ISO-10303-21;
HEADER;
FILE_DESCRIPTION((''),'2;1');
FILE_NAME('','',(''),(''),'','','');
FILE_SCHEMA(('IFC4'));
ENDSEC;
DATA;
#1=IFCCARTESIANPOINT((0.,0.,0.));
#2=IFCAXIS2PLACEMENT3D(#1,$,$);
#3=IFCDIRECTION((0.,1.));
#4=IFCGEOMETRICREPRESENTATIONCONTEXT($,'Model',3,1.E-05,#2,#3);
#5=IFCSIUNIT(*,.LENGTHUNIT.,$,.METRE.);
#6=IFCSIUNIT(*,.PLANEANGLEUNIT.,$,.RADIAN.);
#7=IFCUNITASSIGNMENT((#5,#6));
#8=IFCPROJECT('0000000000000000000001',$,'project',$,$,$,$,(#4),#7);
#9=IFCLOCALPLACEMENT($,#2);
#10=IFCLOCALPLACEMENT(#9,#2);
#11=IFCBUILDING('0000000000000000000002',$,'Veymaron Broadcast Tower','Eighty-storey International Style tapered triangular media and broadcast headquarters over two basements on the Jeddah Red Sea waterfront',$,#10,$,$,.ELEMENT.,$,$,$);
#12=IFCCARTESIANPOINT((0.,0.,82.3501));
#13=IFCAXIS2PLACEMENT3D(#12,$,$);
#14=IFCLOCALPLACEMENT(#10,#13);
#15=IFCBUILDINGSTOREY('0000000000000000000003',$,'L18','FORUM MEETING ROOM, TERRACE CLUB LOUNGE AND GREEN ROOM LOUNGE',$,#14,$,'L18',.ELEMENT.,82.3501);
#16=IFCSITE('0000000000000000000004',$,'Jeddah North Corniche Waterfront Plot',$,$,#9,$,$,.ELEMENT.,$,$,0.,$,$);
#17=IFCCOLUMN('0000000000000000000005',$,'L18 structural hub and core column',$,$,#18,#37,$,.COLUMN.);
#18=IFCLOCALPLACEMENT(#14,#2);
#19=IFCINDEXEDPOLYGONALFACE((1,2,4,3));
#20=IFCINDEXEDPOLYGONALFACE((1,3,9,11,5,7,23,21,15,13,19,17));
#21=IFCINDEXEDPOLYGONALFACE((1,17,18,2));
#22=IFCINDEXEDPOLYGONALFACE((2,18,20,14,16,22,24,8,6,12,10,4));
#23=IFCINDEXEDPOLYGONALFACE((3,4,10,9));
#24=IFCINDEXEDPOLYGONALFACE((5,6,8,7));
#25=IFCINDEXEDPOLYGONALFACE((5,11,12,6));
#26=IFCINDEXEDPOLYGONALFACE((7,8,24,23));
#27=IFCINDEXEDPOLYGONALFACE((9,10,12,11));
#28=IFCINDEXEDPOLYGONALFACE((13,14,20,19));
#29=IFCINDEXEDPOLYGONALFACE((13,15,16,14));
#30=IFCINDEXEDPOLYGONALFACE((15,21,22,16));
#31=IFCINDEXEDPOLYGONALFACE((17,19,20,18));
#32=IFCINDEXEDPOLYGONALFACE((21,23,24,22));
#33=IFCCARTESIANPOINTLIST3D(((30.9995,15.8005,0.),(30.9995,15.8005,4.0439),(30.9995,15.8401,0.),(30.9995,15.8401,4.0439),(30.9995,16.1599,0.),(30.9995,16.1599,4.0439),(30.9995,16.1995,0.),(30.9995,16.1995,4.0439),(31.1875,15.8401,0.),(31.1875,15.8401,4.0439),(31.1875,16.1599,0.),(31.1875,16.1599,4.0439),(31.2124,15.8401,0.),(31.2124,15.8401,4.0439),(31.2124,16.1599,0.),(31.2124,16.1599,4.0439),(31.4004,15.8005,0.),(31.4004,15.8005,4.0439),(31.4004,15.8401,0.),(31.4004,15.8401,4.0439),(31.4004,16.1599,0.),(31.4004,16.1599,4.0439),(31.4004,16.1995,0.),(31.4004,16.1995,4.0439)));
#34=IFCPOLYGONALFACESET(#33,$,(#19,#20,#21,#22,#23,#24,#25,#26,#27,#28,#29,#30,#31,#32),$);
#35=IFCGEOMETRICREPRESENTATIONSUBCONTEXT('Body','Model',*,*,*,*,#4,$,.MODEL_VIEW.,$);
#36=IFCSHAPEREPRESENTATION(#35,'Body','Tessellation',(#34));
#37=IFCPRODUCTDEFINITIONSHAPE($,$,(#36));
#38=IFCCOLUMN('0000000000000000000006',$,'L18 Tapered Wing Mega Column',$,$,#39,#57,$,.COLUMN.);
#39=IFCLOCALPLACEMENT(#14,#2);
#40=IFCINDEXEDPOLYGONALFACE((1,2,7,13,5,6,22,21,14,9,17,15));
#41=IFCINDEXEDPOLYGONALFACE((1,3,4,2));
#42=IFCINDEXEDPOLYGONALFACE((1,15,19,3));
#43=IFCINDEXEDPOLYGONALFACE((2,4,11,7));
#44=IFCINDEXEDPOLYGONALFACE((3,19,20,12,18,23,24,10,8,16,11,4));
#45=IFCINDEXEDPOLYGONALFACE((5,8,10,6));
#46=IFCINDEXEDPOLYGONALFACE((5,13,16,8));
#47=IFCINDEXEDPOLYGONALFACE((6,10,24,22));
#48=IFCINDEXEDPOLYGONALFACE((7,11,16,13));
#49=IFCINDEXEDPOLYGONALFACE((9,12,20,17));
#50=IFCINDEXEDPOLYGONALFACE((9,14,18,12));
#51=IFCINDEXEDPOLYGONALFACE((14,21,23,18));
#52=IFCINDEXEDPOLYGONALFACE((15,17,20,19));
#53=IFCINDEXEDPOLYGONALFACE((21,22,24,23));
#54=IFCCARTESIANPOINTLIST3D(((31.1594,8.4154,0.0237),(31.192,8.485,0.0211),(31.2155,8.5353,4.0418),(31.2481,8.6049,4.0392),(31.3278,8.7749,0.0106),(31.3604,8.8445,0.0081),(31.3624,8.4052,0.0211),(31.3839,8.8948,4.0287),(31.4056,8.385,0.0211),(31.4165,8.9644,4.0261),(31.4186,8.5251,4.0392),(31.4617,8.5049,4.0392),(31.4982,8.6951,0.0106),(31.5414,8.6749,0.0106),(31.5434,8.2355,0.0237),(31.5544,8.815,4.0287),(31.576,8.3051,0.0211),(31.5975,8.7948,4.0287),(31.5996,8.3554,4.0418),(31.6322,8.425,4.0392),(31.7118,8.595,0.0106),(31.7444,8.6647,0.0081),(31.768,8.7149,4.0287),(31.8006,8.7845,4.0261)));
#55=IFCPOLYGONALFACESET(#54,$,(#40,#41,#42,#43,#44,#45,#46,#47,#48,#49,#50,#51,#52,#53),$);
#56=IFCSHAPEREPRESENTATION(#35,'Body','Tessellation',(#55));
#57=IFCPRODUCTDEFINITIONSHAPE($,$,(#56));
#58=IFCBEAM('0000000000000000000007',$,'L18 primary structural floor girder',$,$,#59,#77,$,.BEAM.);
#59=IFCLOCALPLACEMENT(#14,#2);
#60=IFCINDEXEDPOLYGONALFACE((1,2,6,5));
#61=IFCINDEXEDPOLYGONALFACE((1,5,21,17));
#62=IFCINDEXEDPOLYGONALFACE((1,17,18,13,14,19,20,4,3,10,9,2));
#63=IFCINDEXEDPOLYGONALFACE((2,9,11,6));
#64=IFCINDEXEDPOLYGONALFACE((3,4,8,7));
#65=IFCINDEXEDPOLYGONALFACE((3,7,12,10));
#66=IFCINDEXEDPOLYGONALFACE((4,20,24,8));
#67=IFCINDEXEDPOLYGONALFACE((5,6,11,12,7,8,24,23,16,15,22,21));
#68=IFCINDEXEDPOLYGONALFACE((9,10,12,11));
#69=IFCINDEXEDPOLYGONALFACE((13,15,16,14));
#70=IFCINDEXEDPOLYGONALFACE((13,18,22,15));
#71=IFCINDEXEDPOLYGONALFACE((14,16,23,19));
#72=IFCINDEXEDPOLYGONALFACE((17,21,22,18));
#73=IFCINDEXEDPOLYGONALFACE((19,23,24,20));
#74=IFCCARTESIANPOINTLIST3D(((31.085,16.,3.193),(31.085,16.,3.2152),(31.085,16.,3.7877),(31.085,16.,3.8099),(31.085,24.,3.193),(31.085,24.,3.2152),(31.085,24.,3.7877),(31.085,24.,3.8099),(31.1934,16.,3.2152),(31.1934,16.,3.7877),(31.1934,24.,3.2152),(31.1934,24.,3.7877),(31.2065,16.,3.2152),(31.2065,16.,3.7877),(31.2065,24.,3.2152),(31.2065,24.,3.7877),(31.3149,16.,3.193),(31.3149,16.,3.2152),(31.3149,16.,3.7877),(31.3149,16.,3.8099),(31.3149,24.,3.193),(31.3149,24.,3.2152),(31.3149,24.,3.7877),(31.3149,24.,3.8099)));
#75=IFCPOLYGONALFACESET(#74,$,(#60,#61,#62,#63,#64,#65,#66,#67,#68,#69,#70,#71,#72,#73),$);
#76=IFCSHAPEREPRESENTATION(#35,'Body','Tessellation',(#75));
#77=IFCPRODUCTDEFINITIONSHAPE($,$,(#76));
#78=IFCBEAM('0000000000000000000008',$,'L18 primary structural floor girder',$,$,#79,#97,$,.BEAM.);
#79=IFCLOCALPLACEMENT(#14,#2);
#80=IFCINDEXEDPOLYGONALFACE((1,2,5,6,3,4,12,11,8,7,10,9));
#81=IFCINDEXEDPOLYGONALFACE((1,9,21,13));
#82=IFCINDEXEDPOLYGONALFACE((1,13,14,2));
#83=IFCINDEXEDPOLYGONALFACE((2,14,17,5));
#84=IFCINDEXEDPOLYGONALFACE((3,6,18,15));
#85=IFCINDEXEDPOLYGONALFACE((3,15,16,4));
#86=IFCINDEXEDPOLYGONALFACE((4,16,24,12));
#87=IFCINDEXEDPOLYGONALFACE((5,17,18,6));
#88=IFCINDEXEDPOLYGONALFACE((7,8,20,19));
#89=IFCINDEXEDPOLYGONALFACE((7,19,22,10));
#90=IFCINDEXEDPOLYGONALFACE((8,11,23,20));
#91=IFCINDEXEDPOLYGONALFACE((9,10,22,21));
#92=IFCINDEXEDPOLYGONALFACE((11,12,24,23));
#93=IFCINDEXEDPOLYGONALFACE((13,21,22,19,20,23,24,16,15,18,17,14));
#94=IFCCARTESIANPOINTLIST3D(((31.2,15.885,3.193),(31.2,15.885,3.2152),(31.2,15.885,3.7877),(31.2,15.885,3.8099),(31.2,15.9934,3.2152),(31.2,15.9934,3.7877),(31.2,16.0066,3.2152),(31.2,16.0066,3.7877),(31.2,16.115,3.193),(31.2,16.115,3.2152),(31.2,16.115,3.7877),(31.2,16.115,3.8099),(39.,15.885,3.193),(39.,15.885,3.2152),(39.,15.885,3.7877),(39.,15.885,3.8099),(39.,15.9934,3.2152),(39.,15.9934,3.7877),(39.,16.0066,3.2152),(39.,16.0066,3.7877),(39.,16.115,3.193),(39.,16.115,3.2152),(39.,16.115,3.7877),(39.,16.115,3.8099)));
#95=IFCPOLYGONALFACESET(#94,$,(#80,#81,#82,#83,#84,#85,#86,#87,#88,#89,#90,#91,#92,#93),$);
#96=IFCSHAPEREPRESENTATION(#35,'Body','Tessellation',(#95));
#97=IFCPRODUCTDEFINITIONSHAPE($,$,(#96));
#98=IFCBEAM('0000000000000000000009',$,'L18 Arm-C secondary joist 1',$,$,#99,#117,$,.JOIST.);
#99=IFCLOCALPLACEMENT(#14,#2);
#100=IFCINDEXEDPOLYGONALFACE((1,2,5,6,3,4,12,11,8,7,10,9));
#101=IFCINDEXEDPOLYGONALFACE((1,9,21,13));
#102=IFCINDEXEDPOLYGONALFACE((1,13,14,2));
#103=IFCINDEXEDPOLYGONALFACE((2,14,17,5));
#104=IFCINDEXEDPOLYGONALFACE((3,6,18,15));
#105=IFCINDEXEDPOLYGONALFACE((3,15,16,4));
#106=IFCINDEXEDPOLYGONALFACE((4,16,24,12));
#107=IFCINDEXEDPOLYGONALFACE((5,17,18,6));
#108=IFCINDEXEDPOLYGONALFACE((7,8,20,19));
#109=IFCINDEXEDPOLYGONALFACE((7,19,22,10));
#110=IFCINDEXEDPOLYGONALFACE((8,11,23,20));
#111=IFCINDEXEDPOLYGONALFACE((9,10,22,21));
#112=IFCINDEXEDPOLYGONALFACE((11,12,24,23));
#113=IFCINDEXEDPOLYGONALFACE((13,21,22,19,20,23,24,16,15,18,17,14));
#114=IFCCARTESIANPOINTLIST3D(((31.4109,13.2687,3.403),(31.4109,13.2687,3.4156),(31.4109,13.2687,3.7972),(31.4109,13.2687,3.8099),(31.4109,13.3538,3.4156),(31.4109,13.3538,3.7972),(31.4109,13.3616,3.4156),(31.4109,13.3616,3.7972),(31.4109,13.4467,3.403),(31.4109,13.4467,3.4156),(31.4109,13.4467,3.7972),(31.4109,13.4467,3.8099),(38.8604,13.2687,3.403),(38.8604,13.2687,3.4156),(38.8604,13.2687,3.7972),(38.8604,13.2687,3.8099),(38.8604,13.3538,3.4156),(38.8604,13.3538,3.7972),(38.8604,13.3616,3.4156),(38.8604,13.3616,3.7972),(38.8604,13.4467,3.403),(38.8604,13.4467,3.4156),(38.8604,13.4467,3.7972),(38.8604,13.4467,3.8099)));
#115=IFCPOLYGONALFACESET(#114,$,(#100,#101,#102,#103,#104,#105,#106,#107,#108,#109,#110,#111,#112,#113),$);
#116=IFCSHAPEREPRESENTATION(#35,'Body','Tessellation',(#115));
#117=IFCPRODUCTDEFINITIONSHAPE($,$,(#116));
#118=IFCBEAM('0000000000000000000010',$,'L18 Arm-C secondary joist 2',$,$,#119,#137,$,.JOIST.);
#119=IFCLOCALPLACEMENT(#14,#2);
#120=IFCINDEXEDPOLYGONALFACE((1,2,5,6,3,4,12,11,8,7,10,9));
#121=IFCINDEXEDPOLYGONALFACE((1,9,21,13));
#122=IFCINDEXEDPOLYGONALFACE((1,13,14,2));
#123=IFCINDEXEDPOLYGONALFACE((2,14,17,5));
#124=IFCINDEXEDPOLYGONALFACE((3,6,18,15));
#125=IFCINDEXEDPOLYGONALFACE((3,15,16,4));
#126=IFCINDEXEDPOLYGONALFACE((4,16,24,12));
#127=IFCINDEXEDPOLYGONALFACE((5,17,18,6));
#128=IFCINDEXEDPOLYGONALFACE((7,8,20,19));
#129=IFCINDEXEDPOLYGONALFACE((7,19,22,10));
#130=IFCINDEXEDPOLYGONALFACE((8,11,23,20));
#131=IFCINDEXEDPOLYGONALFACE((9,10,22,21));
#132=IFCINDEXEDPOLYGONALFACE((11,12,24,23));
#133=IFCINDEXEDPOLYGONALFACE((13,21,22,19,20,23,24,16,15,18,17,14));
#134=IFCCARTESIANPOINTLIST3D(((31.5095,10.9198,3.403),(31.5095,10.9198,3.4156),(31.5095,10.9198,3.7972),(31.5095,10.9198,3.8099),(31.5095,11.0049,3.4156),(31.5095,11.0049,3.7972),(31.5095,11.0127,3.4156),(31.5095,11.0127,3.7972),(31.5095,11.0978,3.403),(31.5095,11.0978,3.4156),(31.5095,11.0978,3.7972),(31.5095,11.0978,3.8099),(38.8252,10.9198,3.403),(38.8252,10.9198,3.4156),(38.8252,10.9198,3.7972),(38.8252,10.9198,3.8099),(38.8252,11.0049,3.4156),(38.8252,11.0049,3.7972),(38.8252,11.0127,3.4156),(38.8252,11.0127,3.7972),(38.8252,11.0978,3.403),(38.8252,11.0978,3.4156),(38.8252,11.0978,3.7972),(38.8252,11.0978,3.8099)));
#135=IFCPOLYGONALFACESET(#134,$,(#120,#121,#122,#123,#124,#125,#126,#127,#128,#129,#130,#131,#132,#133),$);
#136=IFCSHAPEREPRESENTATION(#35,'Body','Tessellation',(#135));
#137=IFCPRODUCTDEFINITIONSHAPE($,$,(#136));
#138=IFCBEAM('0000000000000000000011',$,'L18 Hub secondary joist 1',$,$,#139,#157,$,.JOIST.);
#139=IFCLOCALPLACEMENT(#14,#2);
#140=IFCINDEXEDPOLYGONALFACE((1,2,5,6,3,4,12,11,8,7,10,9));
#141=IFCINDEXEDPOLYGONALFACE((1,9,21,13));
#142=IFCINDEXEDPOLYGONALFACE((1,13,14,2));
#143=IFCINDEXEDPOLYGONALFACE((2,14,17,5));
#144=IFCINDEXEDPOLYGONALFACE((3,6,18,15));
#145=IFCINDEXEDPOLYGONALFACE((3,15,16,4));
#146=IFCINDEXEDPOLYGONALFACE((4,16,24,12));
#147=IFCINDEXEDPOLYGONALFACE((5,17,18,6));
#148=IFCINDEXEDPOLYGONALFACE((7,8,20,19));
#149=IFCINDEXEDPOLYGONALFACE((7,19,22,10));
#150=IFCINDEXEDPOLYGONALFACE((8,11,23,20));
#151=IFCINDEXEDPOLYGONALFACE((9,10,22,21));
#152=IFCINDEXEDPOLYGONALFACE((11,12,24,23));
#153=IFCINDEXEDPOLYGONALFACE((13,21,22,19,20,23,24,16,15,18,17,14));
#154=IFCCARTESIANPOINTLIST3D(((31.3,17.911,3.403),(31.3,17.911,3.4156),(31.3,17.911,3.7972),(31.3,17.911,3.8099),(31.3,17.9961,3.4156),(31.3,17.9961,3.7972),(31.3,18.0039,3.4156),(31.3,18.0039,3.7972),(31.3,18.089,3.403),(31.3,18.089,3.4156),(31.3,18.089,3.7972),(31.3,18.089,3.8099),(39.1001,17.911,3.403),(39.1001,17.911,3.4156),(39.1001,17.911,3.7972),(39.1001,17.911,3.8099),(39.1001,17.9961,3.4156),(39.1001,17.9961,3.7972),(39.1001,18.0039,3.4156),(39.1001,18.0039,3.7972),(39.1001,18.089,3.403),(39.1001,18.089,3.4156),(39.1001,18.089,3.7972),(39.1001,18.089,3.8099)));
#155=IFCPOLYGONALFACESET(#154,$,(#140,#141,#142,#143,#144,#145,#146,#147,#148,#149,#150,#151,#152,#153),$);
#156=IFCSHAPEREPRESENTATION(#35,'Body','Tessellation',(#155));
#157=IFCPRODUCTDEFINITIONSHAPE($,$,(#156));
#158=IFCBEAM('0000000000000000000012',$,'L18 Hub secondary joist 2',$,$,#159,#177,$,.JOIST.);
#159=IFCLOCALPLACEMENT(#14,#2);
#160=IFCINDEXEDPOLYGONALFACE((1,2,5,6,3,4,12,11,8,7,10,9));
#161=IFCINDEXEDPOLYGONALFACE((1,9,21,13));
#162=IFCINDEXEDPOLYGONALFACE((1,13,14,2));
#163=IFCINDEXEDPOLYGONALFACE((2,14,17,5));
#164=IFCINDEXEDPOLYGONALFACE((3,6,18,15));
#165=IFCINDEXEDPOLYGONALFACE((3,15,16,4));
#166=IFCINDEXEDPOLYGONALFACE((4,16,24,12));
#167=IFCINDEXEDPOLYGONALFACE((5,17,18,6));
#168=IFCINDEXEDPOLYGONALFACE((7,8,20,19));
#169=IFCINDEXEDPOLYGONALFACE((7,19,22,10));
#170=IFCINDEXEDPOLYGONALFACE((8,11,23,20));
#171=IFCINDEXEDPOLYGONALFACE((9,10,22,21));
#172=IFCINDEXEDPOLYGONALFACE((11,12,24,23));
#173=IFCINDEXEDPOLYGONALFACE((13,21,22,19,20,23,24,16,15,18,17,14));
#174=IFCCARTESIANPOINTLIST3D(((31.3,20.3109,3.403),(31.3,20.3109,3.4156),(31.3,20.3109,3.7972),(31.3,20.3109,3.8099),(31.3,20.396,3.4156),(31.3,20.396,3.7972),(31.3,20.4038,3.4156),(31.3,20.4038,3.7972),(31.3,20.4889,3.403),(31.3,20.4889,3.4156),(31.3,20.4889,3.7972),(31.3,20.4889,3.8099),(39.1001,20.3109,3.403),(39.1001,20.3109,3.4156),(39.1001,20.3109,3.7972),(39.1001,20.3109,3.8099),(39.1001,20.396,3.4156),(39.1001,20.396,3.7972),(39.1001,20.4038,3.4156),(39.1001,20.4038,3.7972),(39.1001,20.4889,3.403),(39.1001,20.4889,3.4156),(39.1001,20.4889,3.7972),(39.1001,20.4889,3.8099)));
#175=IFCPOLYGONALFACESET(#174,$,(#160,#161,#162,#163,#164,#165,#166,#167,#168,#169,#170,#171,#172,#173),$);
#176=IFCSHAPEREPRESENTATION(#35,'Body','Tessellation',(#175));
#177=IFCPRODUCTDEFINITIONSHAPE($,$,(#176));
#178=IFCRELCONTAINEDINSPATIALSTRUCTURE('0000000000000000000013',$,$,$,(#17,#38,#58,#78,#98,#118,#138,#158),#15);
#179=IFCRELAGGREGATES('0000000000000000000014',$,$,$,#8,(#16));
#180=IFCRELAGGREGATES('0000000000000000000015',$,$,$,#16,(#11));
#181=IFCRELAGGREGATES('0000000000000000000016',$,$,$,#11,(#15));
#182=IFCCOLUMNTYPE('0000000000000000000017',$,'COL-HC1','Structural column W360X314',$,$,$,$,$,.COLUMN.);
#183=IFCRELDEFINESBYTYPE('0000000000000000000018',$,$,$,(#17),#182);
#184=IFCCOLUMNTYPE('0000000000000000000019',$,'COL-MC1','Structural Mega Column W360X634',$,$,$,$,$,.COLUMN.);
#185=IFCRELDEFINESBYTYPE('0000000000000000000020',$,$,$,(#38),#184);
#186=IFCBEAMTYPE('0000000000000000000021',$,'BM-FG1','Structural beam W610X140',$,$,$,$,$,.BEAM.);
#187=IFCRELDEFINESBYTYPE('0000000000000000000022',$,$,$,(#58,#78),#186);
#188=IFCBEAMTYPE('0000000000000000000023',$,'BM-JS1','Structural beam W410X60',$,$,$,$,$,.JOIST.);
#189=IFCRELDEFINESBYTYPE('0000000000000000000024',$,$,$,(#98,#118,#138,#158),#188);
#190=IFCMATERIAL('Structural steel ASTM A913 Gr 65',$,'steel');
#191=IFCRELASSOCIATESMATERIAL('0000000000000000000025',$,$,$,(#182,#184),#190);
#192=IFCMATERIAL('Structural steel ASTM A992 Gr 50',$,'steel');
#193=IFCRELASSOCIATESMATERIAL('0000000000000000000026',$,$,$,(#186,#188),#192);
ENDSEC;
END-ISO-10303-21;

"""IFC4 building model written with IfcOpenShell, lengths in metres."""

from ifc_helpers import new_model, si_unit, direction, frame, origin, origin_2d, place, context, subcontext, project, spatial, i_section, extrude, material, material_profile, profile_set, type_object, element, save


model = new_model("IFC4")

# Units and contexts
model_context = context("Model", 3, precision=1e-05, world=origin(), true_north=direction((0.0, 1.0)))
body_context = subcontext(model_context, "Body", "Model", "MODEL_VIEW")
ifc_project = project(units=[si_unit("LENGTHUNIT", "METRE"), si_unit("PLANEANGLEUNIT", "RADIAN")], contexts=[model_context])

# Site, building, storey
site_placement = place(None, origin())
site = spatial("IfcSite", under=ifc_project, at=site_placement, Name="Jeddah North Corniche Waterfront Plot", CompositionType="ELEMENT", RefElevation=0.0)
building_placement = place(site_placement, origin())
building = spatial("IfcBuilding", under=site, at=building_placement, Name="Veymaron Broadcast Tower", Description="Eighty-storey International Style tapered triangular media and broadcast headquarters over two basements on the Jeddah Red Sea waterfront", CompositionType="ELEMENT")
storey_placement = place(building_placement, frame((0.0, 0.0, 82.3501)))
storey = spatial("IfcBuildingStorey", under=building, at=storey_placement, Name="L18", Description="FORUM MEETING ROOM, TERRACE CLUB LOUNGE AND GREEN ROOM LOUNGE", LongName="L18", CompositionType="ELEMENT", Elevation=82.3501)

# Columns
ifc_material_1 = material(Name="Structural steel ASTM A913 Gr 65", Category="steel")
ifc_material_profile_1 = material_profile(ifc_material_1, i_section(OverallWidth=0.4009, OverallDepth=0.3989, WebThickness=0.0249, FlangeThickness=0.0396, at=origin_2d()), Name="W360X314")
ifc_profile_set_1 = profile_set([ifc_material_profile_1], Name="Structural steel ASTM A913 Gr 65")
column_type_1 = type_object("IfcColumnType", Name="COL-HC1", Description="Structural column W360X314", PredefinedType="COLUMN", material=ifc_profile_set_1)
column_1_placement = place(storey_placement, frame((31.2, 16.0, 0.0), z_axis=(0.0, 0.0, 1.0), x_axis=(1.0, 0.0, 0.0)))
element("IfcColumn", 1, at=column_1_placement, inside=storey, type_object=column_type_1, Name="L18 structural hub and core column", PredefinedType="COLUMN", context=body_context, shape_type="SweptSolid", body=[
    extrude(i_section(OverallWidth=0.4009, OverallDepth=0.3989, WebThickness=0.0249, FlangeThickness=0.0396, at=origin_2d()), origin(), (0.0, 0.0, 1.0), 4.0439),
])
ifc_material_profile_2 = material_profile(ifc_material_1, i_section(OverallWidth=0.4241, OverallDepth=0.4741, WebThickness=0.0476, FlangeThickness=0.0769, at=origin_2d()), Name="W360X634")
ifc_profile_set_2 = profile_set([ifc_material_profile_2], Name="Structural steel ASTM A913 Gr 65")
column_type_2 = type_object("IfcColumnType", Name="COL-MC1", Description="Structural Mega Column W360X634", PredefinedType="COLUMN", material=ifc_profile_set_2)
column_2_placement = place(storey_placement, frame((31.4519, 8.54, 0.0159), z_axis=(0.013967, 0.029817, 0.999458), x_axis=(-0.90557, 0.424198, 0.0)))
element("IfcColumn", 2, at=column_2_placement, inside=storey, type_object=column_type_2, Name="L18 Tapered Wing Mega Column", PredefinedType="COLUMN", context=body_context, shape_type="SweptSolid", body=[
    extrude(i_section(OverallWidth=0.4241, OverallDepth=0.4741, WebThickness=0.0476, FlangeThickness=0.0769, at=origin_2d()), origin(), (0.0, 0.0, 1.0), 4.0203),
])

# Beams
ifc_material_2 = material(Name="Structural steel ASTM A992 Gr 50", Category="steel")
ifc_material_profile_3 = material_profile(ifc_material_2, i_section(OverallWidth=0.23, OverallDepth=0.6169, WebThickness=0.0132, FlangeThickness=0.0222, at=origin_2d()), Name="W610X140")
ifc_profile_set_3 = profile_set([ifc_material_profile_3], Name="Structural steel ASTM A992 Gr 50")
beam_type_1 = type_object("IfcBeamType", Name="BM-FG1", Description="Structural beam W610X140", PredefinedType="BEAM", material=ifc_profile_set_3)
beam_1_placement = place(storey_placement, frame((31.2, 16.0, 3.5015), z_axis=(0.0, 1.0, 0.0), x_axis=(-1.0, 0.0, 0.0)))
element("IfcBeam", 3, at=beam_1_placement, inside=storey, type_object=beam_type_1, Name="L18 primary structural floor girder", PredefinedType="BEAM", context=body_context, shape_type="SweptSolid", body=[
    extrude(i_section(OverallWidth=0.23, OverallDepth=0.6169, WebThickness=0.0132, FlangeThickness=0.0222, at=origin_2d()), origin(), (0.0, 0.0, 1.0), 8.0),
])
beam_2_placement = place(storey_placement, frame((31.2, 16.0, 3.5015), z_axis=(1.0, 0.0, 0.0), x_axis=(0.0, 1.0, 0.0)))
element("IfcBeam", 4, at=beam_2_placement, inside=storey, type_object=beam_type_1, Name="L18 primary structural floor girder", PredefinedType="BEAM", context=body_context, shape_type="SweptSolid", body=[
    extrude(i_section(OverallWidth=0.23, OverallDepth=0.6169, WebThickness=0.0132, FlangeThickness=0.0222, at=origin_2d()), origin(), (0.0, 0.0, 1.0), 7.8),
])
ifc_material_profile_4 = material_profile(ifc_material_2, i_section(OverallWidth=0.178, OverallDepth=0.407, WebThickness=0.0078, FlangeThickness=0.0127, at=origin_2d()), Name="W410X60")
ifc_profile_set_4 = profile_set([ifc_material_profile_4], Name="Structural steel ASTM A992 Gr 50")
beam_type_2 = type_object("IfcBeamType", Name="BM-JS1", Description="Structural beam W410X60", PredefinedType="JOIST", material=ifc_profile_set_4)
beam_3_placement = place(storey_placement, frame((31.4109, 13.3577, 3.6064), z_axis=(1.0, 0.0, 0.0), x_axis=(0.0, 1.0, 0.0)))
element("IfcBeam", 5, at=beam_3_placement, inside=storey, type_object=beam_type_2, Name="L18 Arm-C secondary joist 1", PredefinedType="JOIST", context=body_context, shape_type="SweptSolid", body=[
    extrude(i_section(OverallWidth=0.178, OverallDepth=0.407, WebThickness=0.0078, FlangeThickness=0.0127, at=origin_2d()), origin(), (0.0, 0.0, 1.0), 7.4495),
])
beam_4_placement = place(storey_placement, frame((31.5095, 11.0088, 3.6064), z_axis=(1.0, 0.0, 0.0), x_axis=(0.0, 1.0, 0.0)))
element("IfcBeam", 6, at=beam_4_placement, inside=storey, type_object=beam_type_2, Name="L18 Arm-C secondary joist 2", PredefinedType="JOIST", context=body_context, shape_type="SweptSolid", body=[
    extrude(i_section(OverallWidth=0.178, OverallDepth=0.407, WebThickness=0.0078, FlangeThickness=0.0127, at=origin_2d()), origin(), (0.0, 0.0, 1.0), 7.3157),
])
for number, where, z_axis, x_axis, name in (
    (7, (31.3, 18.0, 3.6064), (1.0, 0.0, 0.0), (0.0, 1.0, 0.0), "L18 Hub secondary joist 1"),
    (8, (31.3, 20.3999, 3.6064), (1.0, 0.0, 0.0), (0.0, 1.0, 0.0), "L18 Hub secondary joist 2"),
):
    element("IfcBeam", number, at=place(storey_placement, frame(where, z_axis=z_axis, x_axis=x_axis)), inside=storey, type_object=beam_type_2, Name=name, PredefinedType="JOIST", context=body_context, shape_type="SweptSolid", body=[
        extrude(i_section(OverallWidth=0.178, OverallDepth=0.407, WebThickness=0.0078, FlangeThickness=0.0127, at=origin_2d()), origin(), (0.0, 0.0, 1.0), 7.8),
    ])

save(model, "model.ifc")
